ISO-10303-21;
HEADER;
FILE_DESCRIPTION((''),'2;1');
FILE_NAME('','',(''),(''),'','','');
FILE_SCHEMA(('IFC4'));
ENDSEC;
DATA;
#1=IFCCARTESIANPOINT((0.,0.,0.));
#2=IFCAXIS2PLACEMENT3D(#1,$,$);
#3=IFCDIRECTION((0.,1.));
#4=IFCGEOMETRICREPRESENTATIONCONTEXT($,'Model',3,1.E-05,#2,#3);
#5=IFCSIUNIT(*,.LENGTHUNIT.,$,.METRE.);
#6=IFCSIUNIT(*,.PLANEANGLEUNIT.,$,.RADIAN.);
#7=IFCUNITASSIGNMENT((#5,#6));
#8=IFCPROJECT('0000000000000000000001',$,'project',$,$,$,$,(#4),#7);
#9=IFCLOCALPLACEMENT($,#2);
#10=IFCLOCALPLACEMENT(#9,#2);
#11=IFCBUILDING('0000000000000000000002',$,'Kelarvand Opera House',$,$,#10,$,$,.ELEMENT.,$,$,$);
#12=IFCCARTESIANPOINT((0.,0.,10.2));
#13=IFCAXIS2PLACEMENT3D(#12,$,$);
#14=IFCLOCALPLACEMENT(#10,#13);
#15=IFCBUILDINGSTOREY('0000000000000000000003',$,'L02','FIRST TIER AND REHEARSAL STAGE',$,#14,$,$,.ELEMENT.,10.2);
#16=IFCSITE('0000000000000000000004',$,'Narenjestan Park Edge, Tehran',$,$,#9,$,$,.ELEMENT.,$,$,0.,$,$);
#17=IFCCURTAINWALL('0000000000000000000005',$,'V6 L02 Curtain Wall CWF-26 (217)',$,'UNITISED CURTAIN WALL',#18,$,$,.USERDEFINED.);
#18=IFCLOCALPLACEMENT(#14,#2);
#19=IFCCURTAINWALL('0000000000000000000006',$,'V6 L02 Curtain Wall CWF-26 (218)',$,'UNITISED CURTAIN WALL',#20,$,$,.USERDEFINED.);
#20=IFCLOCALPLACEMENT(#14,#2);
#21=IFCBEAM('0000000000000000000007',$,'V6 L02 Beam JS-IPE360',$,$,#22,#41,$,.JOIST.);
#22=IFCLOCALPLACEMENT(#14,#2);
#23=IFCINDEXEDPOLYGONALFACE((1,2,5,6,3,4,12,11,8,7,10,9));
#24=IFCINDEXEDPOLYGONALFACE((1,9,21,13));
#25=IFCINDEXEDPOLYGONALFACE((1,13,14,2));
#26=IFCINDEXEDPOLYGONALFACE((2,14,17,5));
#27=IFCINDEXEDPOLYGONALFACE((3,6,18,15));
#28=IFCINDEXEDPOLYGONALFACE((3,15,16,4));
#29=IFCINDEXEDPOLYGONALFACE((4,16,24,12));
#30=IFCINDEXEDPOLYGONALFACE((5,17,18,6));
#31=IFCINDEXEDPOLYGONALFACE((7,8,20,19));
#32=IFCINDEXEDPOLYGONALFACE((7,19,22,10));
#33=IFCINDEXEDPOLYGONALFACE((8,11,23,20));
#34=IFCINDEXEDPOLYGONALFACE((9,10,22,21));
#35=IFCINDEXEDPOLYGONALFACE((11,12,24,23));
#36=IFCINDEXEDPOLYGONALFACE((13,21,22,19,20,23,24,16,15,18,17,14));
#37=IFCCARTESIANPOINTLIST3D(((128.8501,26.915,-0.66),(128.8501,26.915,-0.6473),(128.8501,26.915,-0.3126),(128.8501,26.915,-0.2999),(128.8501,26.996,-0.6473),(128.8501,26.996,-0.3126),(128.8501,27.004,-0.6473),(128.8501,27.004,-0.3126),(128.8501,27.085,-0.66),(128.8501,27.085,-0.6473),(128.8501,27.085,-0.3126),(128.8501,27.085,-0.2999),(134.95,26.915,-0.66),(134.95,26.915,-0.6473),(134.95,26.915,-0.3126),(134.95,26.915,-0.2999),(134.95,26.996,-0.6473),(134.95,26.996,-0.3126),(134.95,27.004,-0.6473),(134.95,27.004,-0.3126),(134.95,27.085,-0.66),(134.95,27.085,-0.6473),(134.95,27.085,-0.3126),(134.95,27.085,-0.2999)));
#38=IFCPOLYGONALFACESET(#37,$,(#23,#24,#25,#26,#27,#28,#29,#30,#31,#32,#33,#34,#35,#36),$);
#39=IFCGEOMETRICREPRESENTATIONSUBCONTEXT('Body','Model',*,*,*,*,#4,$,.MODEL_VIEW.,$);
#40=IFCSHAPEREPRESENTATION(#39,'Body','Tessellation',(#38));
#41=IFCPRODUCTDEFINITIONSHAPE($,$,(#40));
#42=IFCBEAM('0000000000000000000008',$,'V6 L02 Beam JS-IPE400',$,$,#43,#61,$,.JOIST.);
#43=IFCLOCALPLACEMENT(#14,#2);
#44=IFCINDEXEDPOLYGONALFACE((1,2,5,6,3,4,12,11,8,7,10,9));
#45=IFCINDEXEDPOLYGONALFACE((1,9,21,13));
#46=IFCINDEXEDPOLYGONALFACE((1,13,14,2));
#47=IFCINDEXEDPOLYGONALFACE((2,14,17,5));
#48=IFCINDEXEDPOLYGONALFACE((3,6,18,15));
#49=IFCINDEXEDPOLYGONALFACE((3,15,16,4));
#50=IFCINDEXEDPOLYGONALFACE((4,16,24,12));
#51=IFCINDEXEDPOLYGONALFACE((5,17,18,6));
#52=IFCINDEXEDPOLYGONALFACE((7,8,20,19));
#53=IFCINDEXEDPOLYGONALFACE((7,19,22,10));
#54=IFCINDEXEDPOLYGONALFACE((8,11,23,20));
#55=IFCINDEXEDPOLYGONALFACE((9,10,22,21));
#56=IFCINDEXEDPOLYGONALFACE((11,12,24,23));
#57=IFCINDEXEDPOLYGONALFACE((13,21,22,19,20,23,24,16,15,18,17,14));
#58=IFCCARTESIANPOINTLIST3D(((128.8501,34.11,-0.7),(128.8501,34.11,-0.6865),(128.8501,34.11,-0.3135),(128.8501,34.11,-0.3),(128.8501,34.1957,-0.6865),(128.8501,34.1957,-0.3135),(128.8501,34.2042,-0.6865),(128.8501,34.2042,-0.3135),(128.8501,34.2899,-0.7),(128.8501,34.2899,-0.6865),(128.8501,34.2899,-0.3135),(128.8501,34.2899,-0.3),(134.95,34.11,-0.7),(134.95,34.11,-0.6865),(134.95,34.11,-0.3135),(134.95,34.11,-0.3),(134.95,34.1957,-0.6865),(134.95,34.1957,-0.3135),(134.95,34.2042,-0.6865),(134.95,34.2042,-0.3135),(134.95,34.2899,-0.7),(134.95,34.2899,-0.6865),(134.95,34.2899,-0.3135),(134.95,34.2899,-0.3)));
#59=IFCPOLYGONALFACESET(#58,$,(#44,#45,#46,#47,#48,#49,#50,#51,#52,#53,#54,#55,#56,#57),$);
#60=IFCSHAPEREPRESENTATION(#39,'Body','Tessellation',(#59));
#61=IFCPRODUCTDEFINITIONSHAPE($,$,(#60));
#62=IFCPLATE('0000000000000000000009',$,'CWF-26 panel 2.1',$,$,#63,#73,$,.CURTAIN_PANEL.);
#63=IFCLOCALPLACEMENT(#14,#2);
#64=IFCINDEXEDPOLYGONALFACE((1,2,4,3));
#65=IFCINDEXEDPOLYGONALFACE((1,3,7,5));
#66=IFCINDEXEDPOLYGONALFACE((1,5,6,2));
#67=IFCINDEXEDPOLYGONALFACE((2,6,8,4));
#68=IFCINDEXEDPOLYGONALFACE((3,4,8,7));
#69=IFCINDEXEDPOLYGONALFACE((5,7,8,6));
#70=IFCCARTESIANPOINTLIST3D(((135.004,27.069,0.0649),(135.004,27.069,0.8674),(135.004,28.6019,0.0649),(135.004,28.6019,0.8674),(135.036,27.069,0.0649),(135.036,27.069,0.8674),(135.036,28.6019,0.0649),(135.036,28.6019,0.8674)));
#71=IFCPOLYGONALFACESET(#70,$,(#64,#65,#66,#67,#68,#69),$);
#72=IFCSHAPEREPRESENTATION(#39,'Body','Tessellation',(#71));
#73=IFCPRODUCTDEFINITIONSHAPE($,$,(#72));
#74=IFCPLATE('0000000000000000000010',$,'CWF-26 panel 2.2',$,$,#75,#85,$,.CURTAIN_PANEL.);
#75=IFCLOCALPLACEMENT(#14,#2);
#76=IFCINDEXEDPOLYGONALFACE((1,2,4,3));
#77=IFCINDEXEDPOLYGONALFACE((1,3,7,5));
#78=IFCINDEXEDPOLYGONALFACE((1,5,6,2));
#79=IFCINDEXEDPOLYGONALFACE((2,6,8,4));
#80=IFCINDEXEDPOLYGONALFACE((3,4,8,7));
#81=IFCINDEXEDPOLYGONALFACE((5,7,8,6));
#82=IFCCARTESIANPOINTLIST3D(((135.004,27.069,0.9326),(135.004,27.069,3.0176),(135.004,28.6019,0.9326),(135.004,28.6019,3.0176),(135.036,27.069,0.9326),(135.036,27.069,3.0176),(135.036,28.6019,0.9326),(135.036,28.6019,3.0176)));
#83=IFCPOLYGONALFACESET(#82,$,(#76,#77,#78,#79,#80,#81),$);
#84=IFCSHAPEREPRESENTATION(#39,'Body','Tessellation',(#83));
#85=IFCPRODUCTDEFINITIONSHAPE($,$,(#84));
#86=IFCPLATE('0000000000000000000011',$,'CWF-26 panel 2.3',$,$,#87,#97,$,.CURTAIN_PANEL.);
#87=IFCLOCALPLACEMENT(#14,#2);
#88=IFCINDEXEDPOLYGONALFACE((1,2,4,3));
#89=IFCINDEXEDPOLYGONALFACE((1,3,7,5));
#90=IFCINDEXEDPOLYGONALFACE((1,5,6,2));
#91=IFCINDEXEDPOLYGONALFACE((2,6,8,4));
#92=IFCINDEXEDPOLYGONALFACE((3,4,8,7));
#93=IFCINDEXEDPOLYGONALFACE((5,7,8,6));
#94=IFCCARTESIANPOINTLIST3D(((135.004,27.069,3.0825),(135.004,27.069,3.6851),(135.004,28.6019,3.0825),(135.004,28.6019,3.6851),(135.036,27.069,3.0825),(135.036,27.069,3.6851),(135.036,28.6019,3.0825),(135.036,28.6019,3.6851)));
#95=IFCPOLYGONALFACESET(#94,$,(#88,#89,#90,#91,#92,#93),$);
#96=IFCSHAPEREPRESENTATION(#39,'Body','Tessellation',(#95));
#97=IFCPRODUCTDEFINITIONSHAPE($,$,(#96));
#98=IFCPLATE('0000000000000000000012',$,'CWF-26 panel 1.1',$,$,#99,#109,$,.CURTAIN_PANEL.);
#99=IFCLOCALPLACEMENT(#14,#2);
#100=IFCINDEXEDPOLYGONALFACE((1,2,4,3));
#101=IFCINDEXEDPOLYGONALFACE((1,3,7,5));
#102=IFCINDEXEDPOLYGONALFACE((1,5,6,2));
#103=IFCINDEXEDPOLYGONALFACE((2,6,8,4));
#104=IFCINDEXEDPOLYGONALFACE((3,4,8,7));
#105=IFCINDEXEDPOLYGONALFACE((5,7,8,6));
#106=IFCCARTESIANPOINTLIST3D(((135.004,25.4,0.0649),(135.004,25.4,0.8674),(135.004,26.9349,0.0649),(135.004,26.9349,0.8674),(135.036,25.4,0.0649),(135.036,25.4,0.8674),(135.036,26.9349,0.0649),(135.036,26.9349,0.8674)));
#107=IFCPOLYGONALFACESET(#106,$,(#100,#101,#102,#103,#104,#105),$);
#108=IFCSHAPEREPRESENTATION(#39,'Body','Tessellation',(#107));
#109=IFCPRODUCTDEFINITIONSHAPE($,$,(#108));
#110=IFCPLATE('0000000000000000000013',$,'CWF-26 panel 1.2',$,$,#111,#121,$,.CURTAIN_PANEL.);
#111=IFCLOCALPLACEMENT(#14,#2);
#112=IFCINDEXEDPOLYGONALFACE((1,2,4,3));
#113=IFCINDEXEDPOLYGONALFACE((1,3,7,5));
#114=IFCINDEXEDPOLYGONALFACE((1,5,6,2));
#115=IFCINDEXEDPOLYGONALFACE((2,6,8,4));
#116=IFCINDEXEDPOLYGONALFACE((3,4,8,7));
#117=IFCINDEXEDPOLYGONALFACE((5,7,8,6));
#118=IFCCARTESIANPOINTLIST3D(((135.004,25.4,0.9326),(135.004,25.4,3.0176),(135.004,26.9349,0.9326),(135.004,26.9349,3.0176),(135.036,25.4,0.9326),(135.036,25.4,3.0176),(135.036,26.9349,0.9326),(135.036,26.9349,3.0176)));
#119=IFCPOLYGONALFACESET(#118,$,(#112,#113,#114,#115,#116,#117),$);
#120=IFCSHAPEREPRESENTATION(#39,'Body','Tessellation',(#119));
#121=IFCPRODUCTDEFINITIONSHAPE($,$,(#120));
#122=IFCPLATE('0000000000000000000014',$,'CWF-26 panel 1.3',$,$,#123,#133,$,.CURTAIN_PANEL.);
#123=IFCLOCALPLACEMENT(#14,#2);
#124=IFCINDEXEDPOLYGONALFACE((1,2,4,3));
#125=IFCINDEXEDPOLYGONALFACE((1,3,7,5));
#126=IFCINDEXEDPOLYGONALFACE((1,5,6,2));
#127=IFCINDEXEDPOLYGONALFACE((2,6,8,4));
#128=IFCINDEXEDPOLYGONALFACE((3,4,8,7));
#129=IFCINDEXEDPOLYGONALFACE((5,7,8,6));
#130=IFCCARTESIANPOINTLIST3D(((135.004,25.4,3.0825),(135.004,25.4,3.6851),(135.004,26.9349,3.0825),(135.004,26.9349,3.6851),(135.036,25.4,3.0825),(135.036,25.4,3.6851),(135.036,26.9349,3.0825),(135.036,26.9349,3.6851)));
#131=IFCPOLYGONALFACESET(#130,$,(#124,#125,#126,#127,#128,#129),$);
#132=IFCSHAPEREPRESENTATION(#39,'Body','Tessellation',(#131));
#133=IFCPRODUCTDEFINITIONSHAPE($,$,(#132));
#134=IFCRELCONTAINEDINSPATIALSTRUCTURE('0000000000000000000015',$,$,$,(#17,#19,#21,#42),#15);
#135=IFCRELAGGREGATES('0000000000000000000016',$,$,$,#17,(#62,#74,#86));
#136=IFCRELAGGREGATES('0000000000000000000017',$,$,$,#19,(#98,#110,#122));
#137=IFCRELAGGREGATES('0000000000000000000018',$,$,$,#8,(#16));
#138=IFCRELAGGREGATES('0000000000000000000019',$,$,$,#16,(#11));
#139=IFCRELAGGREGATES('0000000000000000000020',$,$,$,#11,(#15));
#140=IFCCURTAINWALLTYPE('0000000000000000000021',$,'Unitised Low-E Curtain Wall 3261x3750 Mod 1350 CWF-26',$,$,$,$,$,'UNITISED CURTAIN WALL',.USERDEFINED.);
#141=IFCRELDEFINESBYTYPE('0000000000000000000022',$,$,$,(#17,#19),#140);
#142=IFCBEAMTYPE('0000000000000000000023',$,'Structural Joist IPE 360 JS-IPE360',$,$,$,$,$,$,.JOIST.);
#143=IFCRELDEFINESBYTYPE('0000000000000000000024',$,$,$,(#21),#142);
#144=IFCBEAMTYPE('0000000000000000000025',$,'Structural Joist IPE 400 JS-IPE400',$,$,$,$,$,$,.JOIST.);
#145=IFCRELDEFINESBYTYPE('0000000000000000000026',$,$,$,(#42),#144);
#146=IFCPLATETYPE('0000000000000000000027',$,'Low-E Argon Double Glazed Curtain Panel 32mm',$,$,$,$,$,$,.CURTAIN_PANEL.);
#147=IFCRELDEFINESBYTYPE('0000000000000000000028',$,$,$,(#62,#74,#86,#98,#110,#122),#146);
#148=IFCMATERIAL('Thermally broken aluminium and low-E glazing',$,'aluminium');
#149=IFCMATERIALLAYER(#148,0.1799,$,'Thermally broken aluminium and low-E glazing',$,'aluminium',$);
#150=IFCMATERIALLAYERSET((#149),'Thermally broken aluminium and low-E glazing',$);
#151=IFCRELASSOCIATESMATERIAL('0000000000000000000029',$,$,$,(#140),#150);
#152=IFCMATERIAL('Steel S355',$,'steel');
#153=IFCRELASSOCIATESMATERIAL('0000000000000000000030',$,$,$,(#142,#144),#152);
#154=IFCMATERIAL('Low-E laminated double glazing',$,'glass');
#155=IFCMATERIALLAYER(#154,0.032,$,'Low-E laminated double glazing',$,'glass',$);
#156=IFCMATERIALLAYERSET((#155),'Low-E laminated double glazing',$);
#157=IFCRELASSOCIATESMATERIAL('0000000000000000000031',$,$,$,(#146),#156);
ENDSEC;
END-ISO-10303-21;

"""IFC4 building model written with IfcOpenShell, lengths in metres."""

from ifc_helpers import new_model, si_unit, direction, frame, origin, origin_2d, place, context, subcontext, project, spatial, rectangle, i_section, extrude, material, layer, layer_set, material_profile, profile_set, type_object, element, aggregate, save


model = new_model("IFC4")

# Units and contexts
model_context = context("Model", 3, precision=1e-05, world=origin(), true_north=direction((0.0, 1.0)))
body_context = subcontext(model_context, "Body", "Model", "MODEL_VIEW")
ifc_project = project(units=[si_unit("LENGTHUNIT", "METRE"), si_unit("PLANEANGLEUNIT", "RADIAN")], contexts=[model_context])

# Site, building, storey
site_placement = place(None, origin())
site = spatial("IfcSite", under=ifc_project, at=site_placement, Name="Narenjestan Park Edge, Tehran", CompositionType="ELEMENT", RefElevation=0.0)
building_placement = place(site_placement, origin())
building = spatial("IfcBuilding", under=site, at=building_placement, Name="Kelarvand Opera House", CompositionType="ELEMENT")
storey_placement = place(building_placement, frame((0.0, 0.0, 10.2)))
storey = spatial("IfcBuildingStorey", under=building, at=storey_placement, Name="L02", Description="FIRST TIER AND REHEARSAL STAGE", CompositionType="ELEMENT", Elevation=10.2)

# Curtain wall
ifc_material_1 = material(Name="Thermally broken aluminium and low-E glazing", Category="aluminium")
ifc_layer_1 = layer(ifc_material_1, 0.1799, Name="Thermally broken aluminium and low-E glazing", Category="aluminium")
ifc_layer_set_1 = layer_set([ifc_layer_1], Name="Thermally broken aluminium and low-E glazing")
curtain_wall_type = type_object("IfcCurtainWallType", Name="Unitised Low-E Curtain Wall 3261x3750 Mod 1350 CWF-26", ElementType="UNITISED CURTAIN WALL", PredefinedType="USERDEFINED", material=ifc_layer_set_1)
curtain_wall_1_placement = place(storey_placement, origin())
curtain_wall_1 = element("IfcCurtainWall", 1, at=curtain_wall_1_placement, inside=storey, type_object=curtain_wall_type, Name="V6 L02 Curtain Wall CWF-26 (217)", ObjectType="UNITISED CURTAIN WALL", PredefinedType="USERDEFINED")

# Curtain wall
curtain_wall_2_placement = place(storey_placement, origin())
curtain_wall_2 = element("IfcCurtainWall", 2, at=curtain_wall_2_placement, inside=storey, type_object=curtain_wall_type, Name="V6 L02 Curtain Wall CWF-26 (218)", ObjectType="UNITISED CURTAIN WALL", PredefinedType="USERDEFINED")

# Beams
ifc_material_2 = material(Name="Steel S355", Category="steel")
ifc_material_profile_1 = material_profile(ifc_material_2, i_section(OverallWidth=0.1699, OverallDepth=0.3601, WebThickness=0.0081, FlangeThickness=0.0127, at=origin_2d()), Name="IPE 360", Category="steel")
ifc_profile_set_1 = profile_set([ifc_material_profile_1], Name="Steel S355")
beam_type_1 = type_object("IfcBeamType", Name="Structural Joist IPE 360 JS-IPE360", PredefinedType="JOIST", material=ifc_profile_set_1)
beam_1_placement = place(storey_placement, frame((128.8501, 27.0, -0.48), z_axis=(1.0, 0.0, 0.0), x_axis=(0.0, 1.0, 0.0)))
element("IfcBeam", 3, at=beam_1_placement, inside=storey, type_object=beam_type_1, Name="V6 L02 Beam JS-IPE360", PredefinedType="JOIST", context=body_context, shape_type="SweptSolid", body=[
    extrude(i_section(OverallWidth=0.1699, OverallDepth=0.3601, WebThickness=0.0081, FlangeThickness=0.0127, at=origin_2d()), origin(), (0.0, 0.0, 1.0), 6.0999),
])
ifc_material_profile_2 = material_profile(ifc_material_2, i_section(OverallWidth=0.1799, OverallDepth=0.3999, WebThickness=0.0085, FlangeThickness=0.0134, at=origin_2d()), Name="IPE 400", Category="steel")
ifc_profile_set_2 = profile_set([ifc_material_profile_2], Name="Steel S355")
beam_type_2 = type_object("IfcBeamType", Name="Structural Joist IPE 400 JS-IPE400", PredefinedType="JOIST", material=ifc_profile_set_2)
beam_2_placement = place(storey_placement, frame((128.8501, 34.2, -0.5), z_axis=(1.0, 0.0, 0.0), x_axis=(0.0, 1.0, 0.0)))
element("IfcBeam", 4, at=beam_2_placement, inside=storey, type_object=beam_type_2, Name="V6 L02 Beam JS-IPE400", PredefinedType="JOIST", context=body_context, shape_type="SweptSolid", body=[
    extrude(i_section(OverallWidth=0.1799, OverallDepth=0.3999, WebThickness=0.0085, FlangeThickness=0.0134, at=origin_2d()), origin(), (0.0, 0.0, 1.0), 6.0999),
])

# Plates
ifc_material_3 = material(Name="Low-E laminated double glazing", Category="glass")
ifc_layer_2 = layer(ifc_material_3, 0.032, Name="Low-E laminated double glazing", Category="glass")
ifc_layer_set_2 = layer_set([ifc_layer_2], Name="Low-E laminated double glazing")
plate_type = type_object("IfcPlateType", Name="Low-E Argon Double Glazed Curtain Panel 32mm", PredefinedType="CURTAIN_PANEL", material=ifc_layer_set_2)
plate_1_placement = place(storey_placement, frame((135.02, 27.8354, 0.0649), z_axis=(0.0, 0.0, 1.0), x_axis=(0.0, -1.0, 0.0)))
plate_1 = element("IfcPlate", 5, at=plate_1_placement, type_object=plate_type, Name="CWF-26 panel 2.1", PredefinedType="CURTAIN_PANEL", context=body_context, shape_type="SweptSolid", body=[
    extrude(rectangle(XDim=1.533, YDim=0.032, at=origin_2d()), origin(), (0.0, 0.0, 1.0), 0.8025),
])
plate_2_placement = place(storey_placement, frame((135.02, 27.8354, 0.9326), z_axis=(0.0, 0.0, 1.0), x_axis=(0.0, -1.0, 0.0)))
plate_2 = element("IfcPlate", 6, at=plate_2_placement, type_object=plate_type, Name="CWF-26 panel 2.2", PredefinedType="CURTAIN_PANEL", context=body_context, shape_type="SweptSolid", body=[
    extrude(rectangle(XDim=1.533, YDim=0.032, at=origin_2d()), origin(), (0.0, 0.0, 1.0), 2.085),
])
plate_3_placement = place(storey_placement, frame((135.02, 27.8354, 3.0825), z_axis=(0.0, 0.0, 1.0), x_axis=(0.0, -1.0, 0.0)))
plate_3 = element("IfcPlate", 7, at=plate_3_placement, type_object=plate_type, Name="CWF-26 panel 2.3", PredefinedType="CURTAIN_PANEL", context=body_context, shape_type="SweptSolid", body=[
    extrude(rectangle(XDim=1.533, YDim=0.032, at=origin_2d()), origin(), (0.0, 0.0, 1.0), 0.6025),
])
aggregate(curtain_wall_1, [plate_1, plate_2, plate_3])
plate_4_placement = place(storey_placement, frame((135.02, 26.1675, 0.0649), z_axis=(0.0, 0.0, 1.0), x_axis=(0.0, -1.0, 0.0)))
plate_4 = element("IfcPlate", 8, at=plate_4_placement, type_object=plate_type, Name="CWF-26 panel 1.1", PredefinedType="CURTAIN_PANEL", context=body_context, shape_type="SweptSolid", body=[
    extrude(rectangle(XDim=1.5349, YDim=0.032, at=origin_2d()), origin(), (0.0, 0.0, 1.0), 0.8025),
])
plate_5_placement = place(storey_placement, frame((135.02, 26.1675, 0.9326), z_axis=(0.0, 0.0, 1.0), x_axis=(0.0, -1.0, 0.0)))
plate_5 = element("IfcPlate", 9, at=plate_5_placement, type_object=plate_type, Name="CWF-26 panel 1.2", PredefinedType="CURTAIN_PANEL", context=body_context, shape_type="SweptSolid", body=[
    extrude(rectangle(XDim=1.5349, YDim=0.032, at=origin_2d()), origin(), (0.0, 0.0, 1.0), 2.085),
])
plate_6_placement = place(storey_placement, frame((135.02, 26.1675, 3.0825), z_axis=(0.0, 0.0, 1.0), x_axis=(0.0, -1.0, 0.0)))
plate_6 = element("IfcPlate", 10, at=plate_6_placement, type_object=plate_type, Name="CWF-26 panel 1.3", PredefinedType="CURTAIN_PANEL", context=body_context, shape_type="SweptSolid", body=[
    extrude(rectangle(XDim=1.5349, YDim=0.032, at=origin_2d()), origin(), (0.0, 0.0, 1.0), 0.6025),
])
aggregate(curtain_wall_2, [plate_4, plate_5, plate_6])

save(model, "model.ifc")
